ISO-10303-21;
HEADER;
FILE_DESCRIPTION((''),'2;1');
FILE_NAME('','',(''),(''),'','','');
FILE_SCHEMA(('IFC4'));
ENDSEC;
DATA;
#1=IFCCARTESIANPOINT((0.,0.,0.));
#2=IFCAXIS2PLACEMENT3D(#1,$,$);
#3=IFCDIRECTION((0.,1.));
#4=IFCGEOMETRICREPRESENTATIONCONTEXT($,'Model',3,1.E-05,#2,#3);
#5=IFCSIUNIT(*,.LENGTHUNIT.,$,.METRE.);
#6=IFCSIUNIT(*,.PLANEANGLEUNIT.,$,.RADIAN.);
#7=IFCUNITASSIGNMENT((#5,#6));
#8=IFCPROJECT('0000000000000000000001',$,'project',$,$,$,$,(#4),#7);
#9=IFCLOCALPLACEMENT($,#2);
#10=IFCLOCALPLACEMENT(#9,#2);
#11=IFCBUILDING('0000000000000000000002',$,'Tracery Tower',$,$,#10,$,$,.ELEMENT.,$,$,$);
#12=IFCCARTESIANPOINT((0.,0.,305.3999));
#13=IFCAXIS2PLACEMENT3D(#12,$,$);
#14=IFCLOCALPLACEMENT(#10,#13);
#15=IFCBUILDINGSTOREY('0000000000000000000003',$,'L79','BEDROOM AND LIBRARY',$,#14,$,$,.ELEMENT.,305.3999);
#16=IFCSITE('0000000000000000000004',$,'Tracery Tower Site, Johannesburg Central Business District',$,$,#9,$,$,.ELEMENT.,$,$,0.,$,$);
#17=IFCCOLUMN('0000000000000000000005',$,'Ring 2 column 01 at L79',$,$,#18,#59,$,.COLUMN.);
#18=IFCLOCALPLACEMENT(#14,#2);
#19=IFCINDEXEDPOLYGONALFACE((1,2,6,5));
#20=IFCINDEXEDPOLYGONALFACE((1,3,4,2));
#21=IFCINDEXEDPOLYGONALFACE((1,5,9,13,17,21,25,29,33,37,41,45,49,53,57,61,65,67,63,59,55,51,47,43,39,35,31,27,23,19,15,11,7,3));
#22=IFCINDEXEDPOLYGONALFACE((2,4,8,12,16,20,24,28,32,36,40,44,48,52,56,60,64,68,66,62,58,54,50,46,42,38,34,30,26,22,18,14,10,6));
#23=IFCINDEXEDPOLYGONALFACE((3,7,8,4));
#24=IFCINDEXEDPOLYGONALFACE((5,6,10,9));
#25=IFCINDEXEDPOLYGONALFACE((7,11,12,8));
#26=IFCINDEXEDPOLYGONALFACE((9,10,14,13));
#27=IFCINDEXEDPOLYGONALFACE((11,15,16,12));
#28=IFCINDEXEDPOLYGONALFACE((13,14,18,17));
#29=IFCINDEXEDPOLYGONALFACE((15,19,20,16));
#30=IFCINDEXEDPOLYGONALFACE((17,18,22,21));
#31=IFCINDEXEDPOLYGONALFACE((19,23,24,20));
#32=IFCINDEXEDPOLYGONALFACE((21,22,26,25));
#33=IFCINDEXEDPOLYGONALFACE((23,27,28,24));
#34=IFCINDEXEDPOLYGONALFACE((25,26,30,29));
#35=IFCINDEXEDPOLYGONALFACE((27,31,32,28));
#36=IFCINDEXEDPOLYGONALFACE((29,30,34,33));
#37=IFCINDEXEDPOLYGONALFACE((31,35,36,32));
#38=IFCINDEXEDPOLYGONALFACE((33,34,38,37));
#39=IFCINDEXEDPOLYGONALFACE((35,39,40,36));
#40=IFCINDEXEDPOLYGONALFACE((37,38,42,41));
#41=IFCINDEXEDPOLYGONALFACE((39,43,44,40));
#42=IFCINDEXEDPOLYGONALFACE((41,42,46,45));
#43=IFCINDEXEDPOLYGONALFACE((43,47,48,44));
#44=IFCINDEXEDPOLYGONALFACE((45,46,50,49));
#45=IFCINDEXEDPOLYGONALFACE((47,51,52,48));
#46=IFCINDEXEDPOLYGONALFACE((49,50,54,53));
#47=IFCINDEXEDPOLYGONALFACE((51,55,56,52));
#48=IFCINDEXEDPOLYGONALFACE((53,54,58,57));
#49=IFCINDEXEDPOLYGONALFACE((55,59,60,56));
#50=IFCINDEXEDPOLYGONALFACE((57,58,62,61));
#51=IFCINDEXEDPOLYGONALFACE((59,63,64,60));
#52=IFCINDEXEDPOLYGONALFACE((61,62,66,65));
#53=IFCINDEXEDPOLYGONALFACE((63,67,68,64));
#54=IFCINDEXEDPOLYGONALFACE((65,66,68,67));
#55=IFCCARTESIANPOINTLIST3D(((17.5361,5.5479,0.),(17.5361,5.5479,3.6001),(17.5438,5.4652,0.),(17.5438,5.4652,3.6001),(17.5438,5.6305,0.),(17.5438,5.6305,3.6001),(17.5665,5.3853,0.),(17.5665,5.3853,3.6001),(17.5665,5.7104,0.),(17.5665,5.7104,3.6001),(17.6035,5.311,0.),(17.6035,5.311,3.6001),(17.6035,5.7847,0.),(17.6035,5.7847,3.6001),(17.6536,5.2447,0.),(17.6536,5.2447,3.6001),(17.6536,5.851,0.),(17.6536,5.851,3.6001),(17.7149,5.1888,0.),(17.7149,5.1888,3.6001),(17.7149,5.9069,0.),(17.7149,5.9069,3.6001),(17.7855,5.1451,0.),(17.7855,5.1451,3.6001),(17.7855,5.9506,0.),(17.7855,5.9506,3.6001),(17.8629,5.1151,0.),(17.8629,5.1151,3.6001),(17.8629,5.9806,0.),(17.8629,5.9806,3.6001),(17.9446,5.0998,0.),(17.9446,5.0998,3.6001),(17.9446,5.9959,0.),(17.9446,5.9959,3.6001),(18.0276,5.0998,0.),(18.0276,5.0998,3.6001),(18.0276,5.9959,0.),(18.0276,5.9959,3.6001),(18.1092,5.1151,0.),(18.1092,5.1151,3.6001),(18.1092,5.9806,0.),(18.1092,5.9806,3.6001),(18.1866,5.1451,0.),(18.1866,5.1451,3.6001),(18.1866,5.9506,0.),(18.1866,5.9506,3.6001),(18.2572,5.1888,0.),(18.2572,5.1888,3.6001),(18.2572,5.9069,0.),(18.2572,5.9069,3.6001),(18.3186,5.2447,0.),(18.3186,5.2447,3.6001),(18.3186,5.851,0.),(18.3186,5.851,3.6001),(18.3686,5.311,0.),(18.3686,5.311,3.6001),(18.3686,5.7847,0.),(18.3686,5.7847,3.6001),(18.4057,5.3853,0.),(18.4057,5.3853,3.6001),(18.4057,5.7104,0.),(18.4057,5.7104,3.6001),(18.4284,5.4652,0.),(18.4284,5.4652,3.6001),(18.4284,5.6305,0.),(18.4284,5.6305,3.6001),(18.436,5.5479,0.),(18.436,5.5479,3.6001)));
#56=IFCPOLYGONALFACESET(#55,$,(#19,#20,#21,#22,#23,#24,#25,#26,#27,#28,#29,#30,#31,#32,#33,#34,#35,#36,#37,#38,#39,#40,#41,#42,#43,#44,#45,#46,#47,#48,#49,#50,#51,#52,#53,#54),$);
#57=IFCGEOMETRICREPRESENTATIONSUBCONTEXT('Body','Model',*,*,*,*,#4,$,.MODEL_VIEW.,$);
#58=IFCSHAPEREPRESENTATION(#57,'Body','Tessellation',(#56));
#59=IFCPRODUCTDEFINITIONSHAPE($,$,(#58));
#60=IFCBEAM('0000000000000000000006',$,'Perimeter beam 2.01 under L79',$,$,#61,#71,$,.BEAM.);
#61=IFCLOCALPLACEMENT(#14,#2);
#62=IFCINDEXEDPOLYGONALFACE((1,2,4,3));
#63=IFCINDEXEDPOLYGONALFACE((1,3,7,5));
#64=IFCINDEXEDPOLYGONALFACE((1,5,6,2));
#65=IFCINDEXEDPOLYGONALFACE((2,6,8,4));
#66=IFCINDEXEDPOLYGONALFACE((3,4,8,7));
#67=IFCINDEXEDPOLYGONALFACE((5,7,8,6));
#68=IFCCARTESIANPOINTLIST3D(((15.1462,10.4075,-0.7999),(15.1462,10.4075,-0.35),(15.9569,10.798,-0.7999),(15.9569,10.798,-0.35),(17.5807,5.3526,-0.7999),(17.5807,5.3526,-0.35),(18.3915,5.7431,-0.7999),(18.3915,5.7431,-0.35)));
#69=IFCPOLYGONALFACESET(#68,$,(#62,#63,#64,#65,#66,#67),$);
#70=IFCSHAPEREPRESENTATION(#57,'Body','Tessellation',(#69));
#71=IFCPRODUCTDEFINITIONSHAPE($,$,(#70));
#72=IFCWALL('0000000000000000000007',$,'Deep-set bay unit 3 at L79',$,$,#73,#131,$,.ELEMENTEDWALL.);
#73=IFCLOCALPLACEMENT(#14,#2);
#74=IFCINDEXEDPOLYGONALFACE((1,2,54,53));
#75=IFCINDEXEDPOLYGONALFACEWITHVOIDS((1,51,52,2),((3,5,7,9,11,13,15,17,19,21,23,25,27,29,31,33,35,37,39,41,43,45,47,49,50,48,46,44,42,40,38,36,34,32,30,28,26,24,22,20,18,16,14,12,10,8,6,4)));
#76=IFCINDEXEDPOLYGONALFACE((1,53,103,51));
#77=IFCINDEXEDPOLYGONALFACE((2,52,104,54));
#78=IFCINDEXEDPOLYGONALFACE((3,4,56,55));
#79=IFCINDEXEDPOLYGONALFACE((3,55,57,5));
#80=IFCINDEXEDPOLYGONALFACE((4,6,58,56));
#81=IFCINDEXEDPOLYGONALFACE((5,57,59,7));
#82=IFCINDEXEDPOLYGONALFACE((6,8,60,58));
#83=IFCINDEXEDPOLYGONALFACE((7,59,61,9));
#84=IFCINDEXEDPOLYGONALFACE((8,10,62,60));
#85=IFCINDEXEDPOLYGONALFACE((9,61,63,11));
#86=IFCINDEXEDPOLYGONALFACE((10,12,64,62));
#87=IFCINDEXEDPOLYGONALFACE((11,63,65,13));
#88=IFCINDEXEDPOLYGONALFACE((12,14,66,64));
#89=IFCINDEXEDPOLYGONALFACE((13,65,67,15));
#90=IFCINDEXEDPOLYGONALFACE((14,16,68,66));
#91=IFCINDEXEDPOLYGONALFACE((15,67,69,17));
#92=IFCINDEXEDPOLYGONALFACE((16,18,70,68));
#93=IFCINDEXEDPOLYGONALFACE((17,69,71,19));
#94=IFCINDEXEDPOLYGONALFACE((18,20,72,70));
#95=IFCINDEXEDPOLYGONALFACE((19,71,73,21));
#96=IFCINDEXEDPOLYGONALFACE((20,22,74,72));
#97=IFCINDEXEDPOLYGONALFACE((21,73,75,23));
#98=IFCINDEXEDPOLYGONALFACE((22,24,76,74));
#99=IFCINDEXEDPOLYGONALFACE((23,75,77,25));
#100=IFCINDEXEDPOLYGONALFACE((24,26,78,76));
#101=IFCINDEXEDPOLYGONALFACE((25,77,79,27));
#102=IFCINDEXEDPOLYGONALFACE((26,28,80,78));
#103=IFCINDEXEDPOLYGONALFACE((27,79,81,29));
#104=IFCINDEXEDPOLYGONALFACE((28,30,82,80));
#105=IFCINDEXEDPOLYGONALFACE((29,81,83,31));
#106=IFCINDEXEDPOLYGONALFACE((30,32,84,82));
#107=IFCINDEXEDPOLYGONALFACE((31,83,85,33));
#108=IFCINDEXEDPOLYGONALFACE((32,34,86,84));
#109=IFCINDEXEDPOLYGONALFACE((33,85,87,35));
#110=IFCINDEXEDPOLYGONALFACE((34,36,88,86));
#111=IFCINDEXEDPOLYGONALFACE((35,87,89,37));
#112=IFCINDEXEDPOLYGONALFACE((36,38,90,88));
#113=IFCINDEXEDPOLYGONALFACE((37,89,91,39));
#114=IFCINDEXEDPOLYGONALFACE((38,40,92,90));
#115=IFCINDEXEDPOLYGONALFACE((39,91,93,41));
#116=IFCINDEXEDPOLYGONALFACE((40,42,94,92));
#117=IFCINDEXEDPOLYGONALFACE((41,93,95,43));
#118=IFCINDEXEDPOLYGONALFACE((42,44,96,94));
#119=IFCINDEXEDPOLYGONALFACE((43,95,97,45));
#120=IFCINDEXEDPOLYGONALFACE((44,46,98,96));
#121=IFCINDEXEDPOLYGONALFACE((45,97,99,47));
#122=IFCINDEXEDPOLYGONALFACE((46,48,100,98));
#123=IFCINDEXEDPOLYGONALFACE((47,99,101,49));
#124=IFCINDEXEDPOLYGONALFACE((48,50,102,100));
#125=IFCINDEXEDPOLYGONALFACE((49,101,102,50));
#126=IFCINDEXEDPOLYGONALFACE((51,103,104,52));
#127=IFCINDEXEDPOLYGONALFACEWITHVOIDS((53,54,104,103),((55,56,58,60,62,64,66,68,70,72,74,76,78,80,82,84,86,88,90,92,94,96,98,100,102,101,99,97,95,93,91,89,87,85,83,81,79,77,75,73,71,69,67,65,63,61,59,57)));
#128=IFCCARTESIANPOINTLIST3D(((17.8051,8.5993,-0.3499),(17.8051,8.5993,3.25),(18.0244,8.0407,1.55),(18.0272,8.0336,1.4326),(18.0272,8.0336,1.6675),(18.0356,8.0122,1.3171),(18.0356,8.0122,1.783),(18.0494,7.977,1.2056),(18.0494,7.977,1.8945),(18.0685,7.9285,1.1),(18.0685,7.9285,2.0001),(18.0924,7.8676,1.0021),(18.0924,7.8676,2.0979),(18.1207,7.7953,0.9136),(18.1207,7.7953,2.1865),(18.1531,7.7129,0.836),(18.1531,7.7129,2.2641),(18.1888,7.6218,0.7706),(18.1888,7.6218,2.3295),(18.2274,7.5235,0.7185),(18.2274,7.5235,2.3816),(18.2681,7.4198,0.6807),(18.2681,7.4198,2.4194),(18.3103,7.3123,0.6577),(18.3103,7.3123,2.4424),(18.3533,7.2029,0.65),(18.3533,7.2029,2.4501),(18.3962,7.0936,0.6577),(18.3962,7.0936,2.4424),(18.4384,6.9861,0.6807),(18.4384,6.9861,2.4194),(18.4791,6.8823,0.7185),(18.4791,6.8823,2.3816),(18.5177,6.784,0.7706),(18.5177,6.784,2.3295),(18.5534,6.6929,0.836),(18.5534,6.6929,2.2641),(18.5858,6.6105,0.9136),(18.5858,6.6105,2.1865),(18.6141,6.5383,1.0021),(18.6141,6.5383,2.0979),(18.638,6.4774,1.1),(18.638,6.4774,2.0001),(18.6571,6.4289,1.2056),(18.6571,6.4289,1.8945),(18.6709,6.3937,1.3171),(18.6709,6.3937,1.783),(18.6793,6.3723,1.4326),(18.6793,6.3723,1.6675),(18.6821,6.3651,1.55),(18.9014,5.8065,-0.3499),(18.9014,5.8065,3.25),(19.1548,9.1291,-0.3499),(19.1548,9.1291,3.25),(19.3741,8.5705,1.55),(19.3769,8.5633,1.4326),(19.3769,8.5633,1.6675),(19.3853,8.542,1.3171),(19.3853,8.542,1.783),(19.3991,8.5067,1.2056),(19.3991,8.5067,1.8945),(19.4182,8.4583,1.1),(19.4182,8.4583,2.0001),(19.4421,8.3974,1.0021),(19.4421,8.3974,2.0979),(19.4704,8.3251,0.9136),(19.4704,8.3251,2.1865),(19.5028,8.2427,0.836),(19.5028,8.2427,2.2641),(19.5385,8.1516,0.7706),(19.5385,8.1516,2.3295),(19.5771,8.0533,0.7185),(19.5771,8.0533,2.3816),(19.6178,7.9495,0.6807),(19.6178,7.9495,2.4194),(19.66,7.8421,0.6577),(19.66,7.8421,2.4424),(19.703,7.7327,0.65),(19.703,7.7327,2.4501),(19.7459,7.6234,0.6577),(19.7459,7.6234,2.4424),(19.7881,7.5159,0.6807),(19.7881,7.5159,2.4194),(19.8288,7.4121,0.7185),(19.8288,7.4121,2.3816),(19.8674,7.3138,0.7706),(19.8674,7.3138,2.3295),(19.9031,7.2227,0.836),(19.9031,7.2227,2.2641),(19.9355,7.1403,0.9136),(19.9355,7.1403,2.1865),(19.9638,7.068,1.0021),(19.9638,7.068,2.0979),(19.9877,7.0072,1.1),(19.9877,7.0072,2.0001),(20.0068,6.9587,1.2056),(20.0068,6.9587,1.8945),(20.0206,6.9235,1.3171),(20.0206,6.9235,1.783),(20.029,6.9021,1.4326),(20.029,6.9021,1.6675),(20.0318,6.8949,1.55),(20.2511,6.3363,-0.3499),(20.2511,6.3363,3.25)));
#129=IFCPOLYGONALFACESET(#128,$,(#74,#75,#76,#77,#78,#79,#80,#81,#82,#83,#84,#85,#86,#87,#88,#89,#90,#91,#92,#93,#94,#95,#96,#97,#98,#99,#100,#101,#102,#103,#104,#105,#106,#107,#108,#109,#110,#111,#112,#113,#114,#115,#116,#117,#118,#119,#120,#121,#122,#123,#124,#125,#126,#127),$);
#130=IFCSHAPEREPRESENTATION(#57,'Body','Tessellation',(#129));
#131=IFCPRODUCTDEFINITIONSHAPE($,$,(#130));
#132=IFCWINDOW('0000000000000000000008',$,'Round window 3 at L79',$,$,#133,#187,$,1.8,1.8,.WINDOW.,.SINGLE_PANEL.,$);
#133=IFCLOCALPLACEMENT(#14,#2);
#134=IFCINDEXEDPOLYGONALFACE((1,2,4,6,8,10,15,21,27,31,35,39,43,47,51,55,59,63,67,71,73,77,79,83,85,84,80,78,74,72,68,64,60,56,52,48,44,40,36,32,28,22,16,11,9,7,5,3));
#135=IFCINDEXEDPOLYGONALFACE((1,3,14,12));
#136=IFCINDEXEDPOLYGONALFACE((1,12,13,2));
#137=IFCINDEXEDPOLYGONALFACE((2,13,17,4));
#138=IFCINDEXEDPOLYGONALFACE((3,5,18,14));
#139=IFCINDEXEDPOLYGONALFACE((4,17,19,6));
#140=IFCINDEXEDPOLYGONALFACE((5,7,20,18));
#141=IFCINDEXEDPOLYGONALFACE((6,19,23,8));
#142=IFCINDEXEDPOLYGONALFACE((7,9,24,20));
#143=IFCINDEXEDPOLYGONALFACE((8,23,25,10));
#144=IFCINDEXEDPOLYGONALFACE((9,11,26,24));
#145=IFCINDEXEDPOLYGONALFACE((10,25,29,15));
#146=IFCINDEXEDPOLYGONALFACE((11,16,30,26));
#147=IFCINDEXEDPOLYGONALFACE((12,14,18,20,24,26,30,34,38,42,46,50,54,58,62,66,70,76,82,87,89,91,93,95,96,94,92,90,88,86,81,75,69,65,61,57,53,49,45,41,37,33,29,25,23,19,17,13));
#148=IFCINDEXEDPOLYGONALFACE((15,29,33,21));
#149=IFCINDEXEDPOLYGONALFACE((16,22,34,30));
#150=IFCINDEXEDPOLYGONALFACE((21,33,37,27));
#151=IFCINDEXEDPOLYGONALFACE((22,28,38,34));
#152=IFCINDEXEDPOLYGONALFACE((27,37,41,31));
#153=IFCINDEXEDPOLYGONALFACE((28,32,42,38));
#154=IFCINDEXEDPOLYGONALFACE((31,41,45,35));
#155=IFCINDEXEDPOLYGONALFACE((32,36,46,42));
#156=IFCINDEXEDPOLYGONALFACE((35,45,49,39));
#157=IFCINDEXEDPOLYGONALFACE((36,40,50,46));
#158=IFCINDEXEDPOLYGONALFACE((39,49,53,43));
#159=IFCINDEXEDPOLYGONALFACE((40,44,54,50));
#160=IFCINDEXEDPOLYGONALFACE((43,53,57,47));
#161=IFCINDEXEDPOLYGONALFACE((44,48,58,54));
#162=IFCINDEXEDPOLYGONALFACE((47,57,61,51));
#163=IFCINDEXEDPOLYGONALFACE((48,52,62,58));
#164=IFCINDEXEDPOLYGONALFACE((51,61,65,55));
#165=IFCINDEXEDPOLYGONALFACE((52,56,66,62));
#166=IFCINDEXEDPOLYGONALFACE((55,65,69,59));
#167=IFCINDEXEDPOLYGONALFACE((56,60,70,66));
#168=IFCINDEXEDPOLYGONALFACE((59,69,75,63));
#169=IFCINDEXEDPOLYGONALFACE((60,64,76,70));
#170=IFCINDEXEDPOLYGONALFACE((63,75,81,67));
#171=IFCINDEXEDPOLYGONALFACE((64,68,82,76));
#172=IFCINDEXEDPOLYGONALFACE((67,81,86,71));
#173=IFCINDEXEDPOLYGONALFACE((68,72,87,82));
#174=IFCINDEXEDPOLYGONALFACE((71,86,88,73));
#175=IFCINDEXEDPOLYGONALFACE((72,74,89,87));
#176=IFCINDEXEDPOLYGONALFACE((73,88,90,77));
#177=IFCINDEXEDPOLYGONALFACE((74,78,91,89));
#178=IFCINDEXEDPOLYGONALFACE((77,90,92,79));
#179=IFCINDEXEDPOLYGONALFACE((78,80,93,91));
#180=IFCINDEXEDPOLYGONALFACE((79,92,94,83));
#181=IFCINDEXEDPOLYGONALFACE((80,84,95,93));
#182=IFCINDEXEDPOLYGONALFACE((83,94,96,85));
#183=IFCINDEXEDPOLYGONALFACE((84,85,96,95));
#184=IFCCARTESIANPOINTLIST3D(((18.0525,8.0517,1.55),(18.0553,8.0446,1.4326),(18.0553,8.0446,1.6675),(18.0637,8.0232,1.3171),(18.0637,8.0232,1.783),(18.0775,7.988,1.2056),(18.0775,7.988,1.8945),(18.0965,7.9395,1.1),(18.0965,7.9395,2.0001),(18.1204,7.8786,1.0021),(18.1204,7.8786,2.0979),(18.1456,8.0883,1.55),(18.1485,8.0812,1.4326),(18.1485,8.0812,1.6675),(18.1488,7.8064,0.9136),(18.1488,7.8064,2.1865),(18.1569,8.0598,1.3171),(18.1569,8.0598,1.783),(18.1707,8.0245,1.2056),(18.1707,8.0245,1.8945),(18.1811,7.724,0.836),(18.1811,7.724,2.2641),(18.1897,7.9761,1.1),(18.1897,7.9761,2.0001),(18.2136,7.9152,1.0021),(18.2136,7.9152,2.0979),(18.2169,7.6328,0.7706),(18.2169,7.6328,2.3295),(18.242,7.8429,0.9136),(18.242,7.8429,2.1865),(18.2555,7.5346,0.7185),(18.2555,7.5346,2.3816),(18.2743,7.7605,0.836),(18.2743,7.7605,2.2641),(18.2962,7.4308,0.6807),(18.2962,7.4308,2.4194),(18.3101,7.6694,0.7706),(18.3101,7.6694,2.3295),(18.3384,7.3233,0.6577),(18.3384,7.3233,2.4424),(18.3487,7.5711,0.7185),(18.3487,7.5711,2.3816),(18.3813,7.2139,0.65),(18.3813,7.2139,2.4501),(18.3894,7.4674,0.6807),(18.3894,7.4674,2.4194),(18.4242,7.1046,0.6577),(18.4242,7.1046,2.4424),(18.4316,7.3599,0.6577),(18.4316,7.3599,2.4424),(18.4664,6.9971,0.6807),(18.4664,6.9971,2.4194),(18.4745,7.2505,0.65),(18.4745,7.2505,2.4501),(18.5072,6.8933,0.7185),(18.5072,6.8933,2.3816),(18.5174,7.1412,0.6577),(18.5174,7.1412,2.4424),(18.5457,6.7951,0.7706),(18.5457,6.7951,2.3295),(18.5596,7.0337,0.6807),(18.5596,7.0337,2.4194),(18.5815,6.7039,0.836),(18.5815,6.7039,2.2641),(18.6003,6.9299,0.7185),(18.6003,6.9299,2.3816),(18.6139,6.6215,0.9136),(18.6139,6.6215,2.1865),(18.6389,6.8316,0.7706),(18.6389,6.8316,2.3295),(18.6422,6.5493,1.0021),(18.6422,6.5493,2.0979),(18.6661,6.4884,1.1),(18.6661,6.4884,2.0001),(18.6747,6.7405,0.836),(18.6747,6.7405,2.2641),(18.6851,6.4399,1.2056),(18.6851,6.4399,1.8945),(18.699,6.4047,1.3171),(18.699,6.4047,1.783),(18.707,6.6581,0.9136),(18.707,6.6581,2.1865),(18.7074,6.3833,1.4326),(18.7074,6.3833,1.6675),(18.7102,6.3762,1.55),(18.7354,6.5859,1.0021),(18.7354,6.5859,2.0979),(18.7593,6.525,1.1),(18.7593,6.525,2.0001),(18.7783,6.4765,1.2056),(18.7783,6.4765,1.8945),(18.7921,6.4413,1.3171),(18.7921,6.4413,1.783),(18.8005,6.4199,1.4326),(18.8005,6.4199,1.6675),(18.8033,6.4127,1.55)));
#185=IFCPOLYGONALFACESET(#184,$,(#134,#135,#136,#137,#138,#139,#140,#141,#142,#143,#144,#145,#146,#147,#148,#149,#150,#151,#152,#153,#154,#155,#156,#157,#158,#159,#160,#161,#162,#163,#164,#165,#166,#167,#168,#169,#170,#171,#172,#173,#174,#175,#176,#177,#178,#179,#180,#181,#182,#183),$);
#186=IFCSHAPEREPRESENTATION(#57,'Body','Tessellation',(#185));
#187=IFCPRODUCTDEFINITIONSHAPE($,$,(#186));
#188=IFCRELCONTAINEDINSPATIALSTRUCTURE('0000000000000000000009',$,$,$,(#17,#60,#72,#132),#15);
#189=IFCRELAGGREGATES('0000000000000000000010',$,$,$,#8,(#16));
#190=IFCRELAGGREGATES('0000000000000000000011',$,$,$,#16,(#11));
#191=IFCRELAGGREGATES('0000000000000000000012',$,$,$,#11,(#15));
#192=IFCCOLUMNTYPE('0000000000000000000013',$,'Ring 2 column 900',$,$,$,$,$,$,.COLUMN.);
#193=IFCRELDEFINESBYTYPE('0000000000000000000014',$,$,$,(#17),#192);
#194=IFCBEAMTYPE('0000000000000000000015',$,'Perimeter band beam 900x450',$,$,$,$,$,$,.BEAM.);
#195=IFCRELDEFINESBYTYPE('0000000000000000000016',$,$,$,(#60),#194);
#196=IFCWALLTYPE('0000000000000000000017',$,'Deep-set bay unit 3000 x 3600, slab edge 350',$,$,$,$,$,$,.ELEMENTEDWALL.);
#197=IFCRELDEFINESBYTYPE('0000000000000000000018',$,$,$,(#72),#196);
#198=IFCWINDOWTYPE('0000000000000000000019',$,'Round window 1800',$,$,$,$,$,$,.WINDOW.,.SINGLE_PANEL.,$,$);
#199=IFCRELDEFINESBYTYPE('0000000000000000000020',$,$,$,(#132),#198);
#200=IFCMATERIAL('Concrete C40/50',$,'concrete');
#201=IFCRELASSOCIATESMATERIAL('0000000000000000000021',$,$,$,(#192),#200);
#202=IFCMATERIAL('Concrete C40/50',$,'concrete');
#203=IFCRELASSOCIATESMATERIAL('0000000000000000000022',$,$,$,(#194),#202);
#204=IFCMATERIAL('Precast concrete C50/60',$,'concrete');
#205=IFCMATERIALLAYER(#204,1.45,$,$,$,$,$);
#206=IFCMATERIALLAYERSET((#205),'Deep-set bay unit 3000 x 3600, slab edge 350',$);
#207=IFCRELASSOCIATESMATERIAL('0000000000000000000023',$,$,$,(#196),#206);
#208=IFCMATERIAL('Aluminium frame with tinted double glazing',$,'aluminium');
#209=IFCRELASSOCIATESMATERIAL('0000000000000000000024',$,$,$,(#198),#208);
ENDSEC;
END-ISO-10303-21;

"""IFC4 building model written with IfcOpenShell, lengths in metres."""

from ifc_helpers import new_model, si_unit, direction, frame, frame_2d, origin, origin_2d, place, context, subcontext, project, spatial, rectangle, circle, extrude, material, layer, layer_set, material_profile, profile_set, type_object, element, fill, save


model = new_model("IFC4")

# Units and contexts
model_context = context("Model", 3, precision=1e-05, world=origin(), true_north=direction((0.0, 1.0)))
body_context = subcontext(model_context, "Body", "Model", "MODEL_VIEW")
ifc_project = project(units=[si_unit("LENGTHUNIT", "METRE"), si_unit("PLANEANGLEUNIT", "RADIAN")], contexts=[model_context])

# Site, building, storey
site_placement = place(None, origin())
site = spatial("IfcSite", under=ifc_project, at=site_placement, Name="Tracery Tower Site, Johannesburg Central Business District", CompositionType="ELEMENT", RefElevation=0.0)
building_placement = place(site_placement, origin())
building = spatial("IfcBuilding", under=site, at=building_placement, Name="Tracery Tower", CompositionType="ELEMENT")
storey_placement = place(building_placement, frame((0.0, 0.0, 305.3999)))
storey = spatial("IfcBuildingStorey", under=building, at=storey_placement, Name="L79", Description="BEDROOM AND LIBRARY", CompositionType="ELEMENT", Elevation=305.3999)

# Column
ifc_material_1 = material(Name="Concrete C40/50", Category="concrete")
ifc_material_profile_1 = material_profile(ifc_material_1, circle(Radius=0.45, at=origin_2d()), Name="RC D900")
ifc_profile_set_1 = profile_set([ifc_material_profile_1], Name="Concrete C40/50")
column_type = type_object("IfcColumnType", Name="Ring 2 column 900", PredefinedType="COLUMN", material=ifc_profile_set_1)
column_placement = place(storey_placement, frame((17.9861, 5.5479, 0.0), z_axis=(0.0, 0.0, 1.0), x_axis=(1.0, 0.0, 0.0)))
element("IfcColumn", 1, at=column_placement, inside=storey, type_object=column_type, Name="Ring 2 column 01 at L79", PredefinedType="COLUMN", context=body_context, shape_type="SweptSolid", body=[
    extrude(circle(Radius=0.45, at=origin_2d()), origin(), (0.0, 0.0, 1.0), 3.6001),
])

# Beam
ifc_material_2 = material(Name="Concrete C40/50", Category="concrete")
ifc_material_profile_2 = material_profile(ifc_material_2, rectangle(XDim=0.8999, YDim=0.45, at=origin_2d()), Name="RC 900x450")
ifc_profile_set_2 = profile_set([ifc_material_profile_2], Name="Concrete C40/50")
beam_type = type_object("IfcBeamType", Name="Perimeter band beam 900x450", PredefinedType="BEAM", material=ifc_profile_set_2)
beam_placement = place(storey_placement, frame((17.9861, 5.5479, -0.575), z_axis=(-0.433919, 0.900952, 0.0), x_axis=(-0.900952, -0.433919, 0.0)))
element("IfcBeam", 2, at=beam_placement, inside=storey, type_object=beam_type, Name="Perimeter beam 2.01 under L79", PredefinedType="BEAM", context=body_context, shape_type="SweptSolid", body=[
    extrude(rectangle(XDim=0.8999, YDim=0.45, at=origin_2d()), origin(), (0.0, 0.0, 1.0), 5.6106),
])

# Wall, opening, window
ifc_material_3 = material(Name="Precast concrete C50/60", Category="concrete")
ifc_layer_1 = layer(ifc_material_3, 1.45)
ifc_layer_set_1 = layer_set([ifc_layer_1], Name="Deep-set bay unit 3000 x 3600, slab edge 350")
wall_type_1 = type_object("IfcWallType", Name="Deep-set bay unit 3000 x 3600, slab edge 350", PredefinedType="ELEMENTEDWALL", material=ifc_layer_set_1)
wall_1_placement = place(storey_placement, frame((19.5762, 6.0715, -0.3499), z_axis=(0.0, 0.0, 1.0), x_axis=(-0.365378, 0.930859, 0.0)))
wall_1 = element("IfcWall", 3, at=wall_1_placement, inside=storey, type_object=wall_type_1, Name="Deep-set bay unit 3 at L79", PredefinedType="ELEMENTEDWALL", context=body_context, shape_type="SweptSolid", body=[
    extrude(rectangle(XDim=3.0002, YDim=1.45, at=frame_2d((1.5, 0.0))), origin(), (0.0, 0.0, 1.0), 3.5999),
])
opening_1_placement = place(wall_1_placement, frame((1.5, 0.0, 1.8999)))
opening_1 = element("IfcOpeningElement", 4, at=opening_1_placement, cuts=wall_1, PredefinedType="OPENING", context=body_context, shape_type="SweptSolid", body=[
    extrude(circle(Radius=0.9, at=origin_2d()), frame((0.0, 0.7349, 0.0), z_axis=(0.0, -1.0, 0.0), x_axis=(1.0, 0.0, 0.0)), (0.0, 0.0, 1.0), 1.47),
])
ifc_material_4 = material(Name="Aluminium frame with tinted double glazing", Category="aluminium")
window_type = type_object("IfcWindowType", Name="Round window 1800", PartitioningType="SINGLE_PANEL", PredefinedType="WINDOW", material=ifc_material_4)
window_1_placement = place(opening_1_placement, origin())
window_1 = element("IfcWindow", 5, at=window_1_placement, inside=storey, type_object=window_type, Name="Round window 3 at L79", OverallHeight=1.8, OverallWidth=1.8, PartitioningType="SINGLE_PANEL", PredefinedType="WINDOW", context=body_context, shape_type="SweptSolid", body=[
    extrude(circle(Radius=0.9, at=origin_2d()), frame((0.0, 0.6948, 0.0), z_axis=(0.0, -1.0, 0.0), x_axis=(1.0, 0.0, 0.0)), (0.0, 0.0, 1.0), 0.1001),
])
fill(opening_1, window_1)

save(model, "model.ifc")
